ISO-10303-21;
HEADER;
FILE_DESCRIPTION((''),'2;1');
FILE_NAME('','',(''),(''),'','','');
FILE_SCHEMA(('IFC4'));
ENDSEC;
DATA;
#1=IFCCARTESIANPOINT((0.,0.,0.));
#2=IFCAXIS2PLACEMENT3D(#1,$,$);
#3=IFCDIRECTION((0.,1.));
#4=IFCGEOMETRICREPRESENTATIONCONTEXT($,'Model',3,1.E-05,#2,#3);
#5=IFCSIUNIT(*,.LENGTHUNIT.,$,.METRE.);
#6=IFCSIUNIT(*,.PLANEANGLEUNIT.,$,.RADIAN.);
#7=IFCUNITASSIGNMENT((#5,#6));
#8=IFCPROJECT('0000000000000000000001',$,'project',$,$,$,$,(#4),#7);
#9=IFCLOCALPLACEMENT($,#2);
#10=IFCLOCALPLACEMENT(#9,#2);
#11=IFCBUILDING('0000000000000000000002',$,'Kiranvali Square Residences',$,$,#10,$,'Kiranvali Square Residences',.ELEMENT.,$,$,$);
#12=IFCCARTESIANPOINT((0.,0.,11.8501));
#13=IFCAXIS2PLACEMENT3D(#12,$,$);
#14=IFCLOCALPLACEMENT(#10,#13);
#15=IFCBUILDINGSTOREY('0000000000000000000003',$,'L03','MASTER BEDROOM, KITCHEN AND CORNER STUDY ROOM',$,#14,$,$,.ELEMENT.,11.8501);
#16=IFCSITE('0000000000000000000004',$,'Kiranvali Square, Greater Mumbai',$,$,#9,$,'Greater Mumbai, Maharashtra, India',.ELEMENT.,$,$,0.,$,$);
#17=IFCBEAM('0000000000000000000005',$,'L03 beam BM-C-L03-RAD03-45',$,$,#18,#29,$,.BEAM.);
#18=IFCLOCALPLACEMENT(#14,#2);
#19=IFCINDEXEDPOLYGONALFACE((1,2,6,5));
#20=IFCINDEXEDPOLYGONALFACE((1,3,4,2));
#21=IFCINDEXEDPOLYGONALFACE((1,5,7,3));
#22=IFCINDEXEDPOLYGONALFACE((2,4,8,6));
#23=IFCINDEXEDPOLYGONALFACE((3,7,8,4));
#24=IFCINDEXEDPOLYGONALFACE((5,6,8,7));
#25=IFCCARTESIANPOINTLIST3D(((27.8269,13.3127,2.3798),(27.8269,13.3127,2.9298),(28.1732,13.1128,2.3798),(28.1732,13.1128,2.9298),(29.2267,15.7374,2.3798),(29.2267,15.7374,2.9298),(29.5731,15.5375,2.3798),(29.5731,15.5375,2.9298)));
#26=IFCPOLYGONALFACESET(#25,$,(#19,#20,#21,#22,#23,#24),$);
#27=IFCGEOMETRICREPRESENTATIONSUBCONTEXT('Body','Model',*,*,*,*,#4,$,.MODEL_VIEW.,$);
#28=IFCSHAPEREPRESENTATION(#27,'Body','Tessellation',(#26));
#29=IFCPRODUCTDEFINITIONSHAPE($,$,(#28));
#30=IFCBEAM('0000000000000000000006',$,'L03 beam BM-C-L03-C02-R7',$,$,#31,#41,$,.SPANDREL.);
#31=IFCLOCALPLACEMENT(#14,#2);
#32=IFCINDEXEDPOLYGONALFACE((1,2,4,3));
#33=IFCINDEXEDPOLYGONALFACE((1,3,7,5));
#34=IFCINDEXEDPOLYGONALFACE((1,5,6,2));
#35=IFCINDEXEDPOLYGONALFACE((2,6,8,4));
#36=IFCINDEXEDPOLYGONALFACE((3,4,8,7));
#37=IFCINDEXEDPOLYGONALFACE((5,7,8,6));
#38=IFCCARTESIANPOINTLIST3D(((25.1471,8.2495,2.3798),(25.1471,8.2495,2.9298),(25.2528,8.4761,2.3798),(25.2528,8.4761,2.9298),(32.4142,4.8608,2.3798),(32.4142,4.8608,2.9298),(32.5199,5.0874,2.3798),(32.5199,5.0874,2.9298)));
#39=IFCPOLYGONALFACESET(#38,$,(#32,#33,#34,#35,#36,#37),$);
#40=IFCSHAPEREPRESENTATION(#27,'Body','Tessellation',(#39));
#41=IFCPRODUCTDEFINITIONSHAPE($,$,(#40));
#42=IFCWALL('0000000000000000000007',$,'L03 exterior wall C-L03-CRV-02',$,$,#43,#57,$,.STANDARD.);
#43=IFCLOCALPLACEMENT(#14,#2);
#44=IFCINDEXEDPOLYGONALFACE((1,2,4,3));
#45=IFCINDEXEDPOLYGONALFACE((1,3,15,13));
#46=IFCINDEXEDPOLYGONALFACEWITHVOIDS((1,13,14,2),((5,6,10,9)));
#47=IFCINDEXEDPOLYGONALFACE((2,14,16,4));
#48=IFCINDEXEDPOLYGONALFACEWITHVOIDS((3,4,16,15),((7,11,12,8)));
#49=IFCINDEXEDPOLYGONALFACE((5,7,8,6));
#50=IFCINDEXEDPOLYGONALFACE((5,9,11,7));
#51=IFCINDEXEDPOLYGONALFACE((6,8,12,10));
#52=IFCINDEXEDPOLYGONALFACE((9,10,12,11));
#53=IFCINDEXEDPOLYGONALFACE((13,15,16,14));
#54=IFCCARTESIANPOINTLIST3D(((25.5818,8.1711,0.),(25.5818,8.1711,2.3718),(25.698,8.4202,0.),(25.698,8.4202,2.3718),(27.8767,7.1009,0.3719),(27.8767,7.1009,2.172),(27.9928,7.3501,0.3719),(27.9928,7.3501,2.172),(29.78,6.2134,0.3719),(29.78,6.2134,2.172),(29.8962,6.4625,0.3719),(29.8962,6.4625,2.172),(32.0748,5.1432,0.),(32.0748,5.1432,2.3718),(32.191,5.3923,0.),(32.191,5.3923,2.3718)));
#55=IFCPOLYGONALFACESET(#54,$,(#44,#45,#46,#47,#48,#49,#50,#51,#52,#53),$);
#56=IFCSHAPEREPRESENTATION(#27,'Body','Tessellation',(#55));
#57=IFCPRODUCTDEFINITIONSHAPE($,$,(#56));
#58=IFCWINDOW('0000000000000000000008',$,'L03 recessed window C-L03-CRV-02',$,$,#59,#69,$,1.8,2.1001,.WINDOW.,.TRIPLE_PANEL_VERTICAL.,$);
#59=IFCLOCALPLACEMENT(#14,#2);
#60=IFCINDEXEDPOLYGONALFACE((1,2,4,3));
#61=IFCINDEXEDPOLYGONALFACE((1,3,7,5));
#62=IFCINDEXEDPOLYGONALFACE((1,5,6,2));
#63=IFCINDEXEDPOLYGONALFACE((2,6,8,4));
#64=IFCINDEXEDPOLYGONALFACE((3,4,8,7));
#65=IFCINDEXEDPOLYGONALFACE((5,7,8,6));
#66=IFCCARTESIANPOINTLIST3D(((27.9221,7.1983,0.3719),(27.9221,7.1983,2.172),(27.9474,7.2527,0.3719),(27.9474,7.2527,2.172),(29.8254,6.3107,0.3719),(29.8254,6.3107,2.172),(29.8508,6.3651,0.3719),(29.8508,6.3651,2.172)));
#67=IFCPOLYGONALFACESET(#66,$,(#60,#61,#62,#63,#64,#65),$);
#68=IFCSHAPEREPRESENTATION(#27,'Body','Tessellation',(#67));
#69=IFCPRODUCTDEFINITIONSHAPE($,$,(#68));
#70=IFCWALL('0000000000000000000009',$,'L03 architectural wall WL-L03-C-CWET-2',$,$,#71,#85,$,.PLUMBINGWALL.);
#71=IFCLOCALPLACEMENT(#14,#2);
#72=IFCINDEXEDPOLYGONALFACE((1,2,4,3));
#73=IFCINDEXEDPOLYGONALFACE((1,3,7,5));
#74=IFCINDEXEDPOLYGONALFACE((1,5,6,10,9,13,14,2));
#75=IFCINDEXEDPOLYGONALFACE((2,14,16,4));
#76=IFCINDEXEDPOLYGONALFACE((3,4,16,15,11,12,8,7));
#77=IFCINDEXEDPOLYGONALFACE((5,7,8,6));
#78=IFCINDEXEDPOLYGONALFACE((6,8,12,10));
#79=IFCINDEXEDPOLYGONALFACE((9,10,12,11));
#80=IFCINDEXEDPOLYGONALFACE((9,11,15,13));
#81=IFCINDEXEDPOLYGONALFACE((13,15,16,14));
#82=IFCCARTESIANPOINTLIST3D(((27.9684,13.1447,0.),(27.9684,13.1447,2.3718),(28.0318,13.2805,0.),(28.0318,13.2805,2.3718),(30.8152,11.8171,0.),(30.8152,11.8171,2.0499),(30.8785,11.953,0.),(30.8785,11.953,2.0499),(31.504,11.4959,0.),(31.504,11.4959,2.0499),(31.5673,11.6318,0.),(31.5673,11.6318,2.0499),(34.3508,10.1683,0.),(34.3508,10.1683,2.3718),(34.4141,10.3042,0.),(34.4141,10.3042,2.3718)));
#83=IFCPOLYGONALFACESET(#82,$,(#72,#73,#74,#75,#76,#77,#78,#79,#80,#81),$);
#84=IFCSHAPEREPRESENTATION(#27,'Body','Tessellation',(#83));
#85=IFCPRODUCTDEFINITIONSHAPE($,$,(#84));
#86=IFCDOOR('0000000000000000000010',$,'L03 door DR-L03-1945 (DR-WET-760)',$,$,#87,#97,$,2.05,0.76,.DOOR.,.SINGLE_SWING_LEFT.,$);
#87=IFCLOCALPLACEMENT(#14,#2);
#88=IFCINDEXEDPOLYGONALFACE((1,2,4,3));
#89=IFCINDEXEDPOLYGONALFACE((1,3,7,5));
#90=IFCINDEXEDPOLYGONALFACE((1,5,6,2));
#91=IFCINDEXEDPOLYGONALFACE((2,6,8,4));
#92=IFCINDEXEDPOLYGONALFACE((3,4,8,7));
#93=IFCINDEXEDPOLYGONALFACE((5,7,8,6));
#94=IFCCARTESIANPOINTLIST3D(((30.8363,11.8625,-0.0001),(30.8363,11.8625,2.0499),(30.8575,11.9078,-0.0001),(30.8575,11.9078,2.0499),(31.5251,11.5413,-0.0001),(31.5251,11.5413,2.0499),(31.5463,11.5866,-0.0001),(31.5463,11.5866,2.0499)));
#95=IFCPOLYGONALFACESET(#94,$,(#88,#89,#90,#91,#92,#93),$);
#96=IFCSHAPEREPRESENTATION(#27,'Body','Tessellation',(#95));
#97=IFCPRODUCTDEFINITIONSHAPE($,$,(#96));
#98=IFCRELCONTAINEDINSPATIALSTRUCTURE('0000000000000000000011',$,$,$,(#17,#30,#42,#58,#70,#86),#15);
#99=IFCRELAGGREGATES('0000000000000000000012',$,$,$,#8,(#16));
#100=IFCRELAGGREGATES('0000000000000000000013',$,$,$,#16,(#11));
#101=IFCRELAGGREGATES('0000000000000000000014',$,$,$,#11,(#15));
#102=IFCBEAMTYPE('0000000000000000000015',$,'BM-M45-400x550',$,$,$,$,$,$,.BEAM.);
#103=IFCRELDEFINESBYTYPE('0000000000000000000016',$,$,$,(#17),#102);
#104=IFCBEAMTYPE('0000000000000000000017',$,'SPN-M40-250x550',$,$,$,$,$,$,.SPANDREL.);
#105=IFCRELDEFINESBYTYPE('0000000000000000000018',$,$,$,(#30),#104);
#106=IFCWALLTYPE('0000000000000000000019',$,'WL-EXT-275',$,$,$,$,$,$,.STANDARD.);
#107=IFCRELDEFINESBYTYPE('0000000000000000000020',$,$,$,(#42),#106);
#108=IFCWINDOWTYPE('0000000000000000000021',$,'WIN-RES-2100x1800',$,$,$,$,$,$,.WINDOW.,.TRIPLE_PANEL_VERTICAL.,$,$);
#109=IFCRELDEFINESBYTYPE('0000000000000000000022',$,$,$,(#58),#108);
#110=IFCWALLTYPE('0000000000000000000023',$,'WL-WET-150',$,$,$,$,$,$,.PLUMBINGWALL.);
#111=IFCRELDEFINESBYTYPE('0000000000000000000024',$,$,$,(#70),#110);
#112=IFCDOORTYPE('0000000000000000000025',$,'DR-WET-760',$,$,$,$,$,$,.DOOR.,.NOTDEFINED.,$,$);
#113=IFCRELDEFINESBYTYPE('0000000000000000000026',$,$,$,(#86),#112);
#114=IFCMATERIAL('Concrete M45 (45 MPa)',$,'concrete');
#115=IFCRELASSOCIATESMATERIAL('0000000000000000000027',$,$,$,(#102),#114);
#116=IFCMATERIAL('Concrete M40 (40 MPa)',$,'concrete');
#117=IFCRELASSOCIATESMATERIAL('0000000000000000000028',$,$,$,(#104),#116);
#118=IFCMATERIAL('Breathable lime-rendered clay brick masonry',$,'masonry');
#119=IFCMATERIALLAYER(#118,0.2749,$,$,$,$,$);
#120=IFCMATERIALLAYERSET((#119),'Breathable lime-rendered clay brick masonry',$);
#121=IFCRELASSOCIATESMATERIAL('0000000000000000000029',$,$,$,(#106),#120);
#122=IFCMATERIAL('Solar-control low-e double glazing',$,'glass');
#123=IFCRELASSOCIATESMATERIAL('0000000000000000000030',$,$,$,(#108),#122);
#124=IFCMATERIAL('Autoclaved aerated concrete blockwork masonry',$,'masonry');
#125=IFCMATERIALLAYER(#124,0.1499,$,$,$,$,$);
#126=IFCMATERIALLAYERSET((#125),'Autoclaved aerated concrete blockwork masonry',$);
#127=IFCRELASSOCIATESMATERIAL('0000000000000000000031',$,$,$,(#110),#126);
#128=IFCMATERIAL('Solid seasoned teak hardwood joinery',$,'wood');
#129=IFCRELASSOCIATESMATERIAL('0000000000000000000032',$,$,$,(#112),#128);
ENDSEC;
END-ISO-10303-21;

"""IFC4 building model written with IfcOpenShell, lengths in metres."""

from ifc_helpers import new_model, si_unit, direction, frame, frame_2d, origin, origin_2d, place, context, subcontext, project, spatial, rectangle, extrude, material, layer, layer_set, material_profile, profile_set, type_object, element, fill, save


model = new_model("IFC4")

# Units and contexts
model_context = context("Model", 3, precision=1e-05, world=origin(), true_north=direction((0.0, 1.0)))
body_context = subcontext(model_context, "Body", "Model", "MODEL_VIEW")
ifc_project = project(units=[si_unit("LENGTHUNIT", "METRE"), si_unit("PLANEANGLEUNIT", "RADIAN")], contexts=[model_context])

# Site, building, storey
site_placement = place(None, origin())
site = spatial("IfcSite", under=ifc_project, at=site_placement, Name="Kiranvali Square, Greater Mumbai", LongName="Greater Mumbai, Maharashtra, India", CompositionType="ELEMENT", RefElevation=0.0)
building_placement = place(site_placement, origin())
building = spatial("IfcBuilding", under=site, at=building_placement, Name="Kiranvali Square Residences", LongName="Kiranvali Square Residences", CompositionType="ELEMENT")
storey_placement = place(building_placement, frame((0.0, 0.0, 11.8501)))
storey = spatial("IfcBuildingStorey", under=building, at=storey_placement, Name="L03", Description="MASTER BEDROOM, KITCHEN AND CORNER STUDY ROOM", CompositionType="ELEMENT", Elevation=11.8501)

# Beams
ifc_material_1 = material(Name="Concrete M45 (45 MPa)", Category="concrete")
ifc_material_profile_1 = material_profile(ifc_material_1, rectangle(XDim=0.3999, YDim=0.55, at=origin_2d()), Name="RC 400x550")
ifc_profile_set_1 = profile_set([ifc_material_profile_1], Name="Concrete M45 (45 MPa)")
beam_type_1 = type_object("IfcBeamType", Name="BM-M45-400x550", PredefinedType="BEAM", material=ifc_profile_set_1)
beam_1_placement = place(storey_placement, frame((29.3999, 15.6375, 2.6548), z_axis=(-0.499984, -0.866035, 0.0), x_axis=(0.866035, -0.499984, 0.0)))
element("IfcBeam", 1, at=beam_1_placement, inside=storey, type_object=beam_type_1, Name="L03 beam BM-C-L03-RAD03-45", PredefinedType="BEAM", context=body_context, shape_type="SweptSolid", body=[
    extrude(rectangle(XDim=0.3999, YDim=0.55, at=origin_2d()), origin(), (0.0, 0.0, 1.0), 2.7998),
])
ifc_material_2 = material(Name="Concrete M40 (40 MPa)", Category="concrete")
ifc_material_profile_2 = material_profile(ifc_material_2, rectangle(XDim=0.25, YDim=0.55, at=origin_2d()), Name="RC 250x550")
ifc_profile_set_2 = profile_set([ifc_material_profile_2], Name="Concrete M40 (40 MPa)")
beam_type_2 = type_object("IfcBeamType", Name="SPN-M40-250x550", PredefinedType="SPANDREL", material=ifc_profile_set_2)
beam_2_placement = place(storey_placement, frame((32.467, 4.9741, 2.6548), z_axis=(-0.906309, 0.422615, 0.0), x_axis=(-0.422615, -0.906309, 0.0)))
element("IfcBeam", 2, at=beam_2_placement, inside=storey, type_object=beam_type_2, Name="L03 beam BM-C-L03-C02-R7", PredefinedType="SPANDREL", context=body_context, shape_type="SweptSolid", body=[
    extrude(rectangle(XDim=0.25, YDim=0.55, at=origin_2d()), origin(), (0.0, 0.0, 1.0), 8.0183),
])

# Wall, opening, window
ifc_material_3 = material(Name="Breathable lime-rendered clay brick masonry", Category="masonry")
ifc_layer_1 = layer(ifc_material_3, 0.2749)
ifc_layer_set_1 = layer_set([ifc_layer_1], Name="Breathable lime-rendered clay brick masonry")
wall_type_1 = type_object("IfcWallType", Name="WL-EXT-275", PredefinedType="STANDARD", material=ifc_layer_set_1)
wall_1_placement = place(storey_placement, frame((32.1328, 5.2678, 0.0), z_axis=(0.0, 0.0, 1.0), x_axis=(-0.906301, 0.422634, 0.0)))
wall_1 = element("IfcWall", 3, at=wall_1_placement, inside=storey, type_object=wall_type_1, Name="L03 exterior wall C-L03-CRV-02", PredefinedType="STANDARD", context=body_context, shape_type="SweptSolid", body=[
    extrude(rectangle(XDim=7.1643, YDim=0.2749, at=frame_2d((3.582, 0.0))), origin(), (0.0, 0.0, 1.0), 2.3718),
])
opening_1_placement = place(wall_1_placement, frame((2.532, 0.0, 0.3721)))
opening_1 = element("IfcOpeningElement", 4, at=opening_1_placement, cuts=wall_1, PredefinedType="OPENING", context=body_context, shape_type="SweptSolid", body=[
    extrude(rectangle(XDim=2.1001, YDim=1.8, at=frame_2d((1.05, 0.8999))), frame((0.0, 0.1475, 0.0), z_axis=(0.0, -1.0, 0.0), x_axis=(1.0, 0.0, 0.0)), (0.0, 0.0, 1.0), 0.2949),
])
ifc_material_4 = material(Name="Solar-control low-e double glazing", Category="glass")
window_type = type_object("IfcWindowType", Name="WIN-RES-2100x1800", PartitioningType="TRIPLE_PANEL_VERTICAL", PredefinedType="WINDOW", material=ifc_material_4)
window_placement = place(opening_1_placement, origin())
window = element("IfcWindow", 5, at=window_placement, inside=storey, type_object=window_type, Name="L03 recessed window C-L03-CRV-02", OverallHeight=1.8, OverallWidth=2.1001, PartitioningType="TRIPLE_PANEL_VERTICAL", PredefinedType="WINDOW", context=body_context, shape_type="SweptSolid", body=[
    extrude(rectangle(XDim=2.1001, YDim=1.8, at=frame_2d((1.05, 0.8999))), frame((0.0, 0.03, 0.0), z_axis=(0.0, -1.0, 0.0), x_axis=(1.0, 0.0, 0.0)), (0.0, 0.0, 1.0), 0.0601),
])
fill(opening_1, window)

# Wall, opening, door
ifc_material_5 = material(Name="Autoclaved aerated concrete blockwork masonry", Category="masonry")
ifc_layer_2 = layer(ifc_material_5, 0.1499)
ifc_layer_set_2 = layer_set([ifc_layer_2], Name="Autoclaved aerated concrete blockwork masonry")
wall_type_2 = type_object("IfcWallType", Name="WL-WET-150", PredefinedType="PLUMBINGWALL", material=ifc_layer_set_2)
wall_2_placement = place(storey_placement, frame((34.3823, 10.2363, 0.0), z_axis=(0.0, 0.0, 1.0), x_axis=(-0.906297, 0.422641, 0.0)))
wall_2 = element("IfcWall", 6, at=wall_2_placement, inside=storey, type_object=wall_type_2, Name="L03 architectural wall WL-L03-C-CWET-2", PredefinedType="PLUMBINGWALL", context=body_context, shape_type="SweptSolid", body=[
    extrude(rectangle(XDim=7.0422, YDim=0.1499, at=frame_2d((3.521, 0.0))), origin(), (0.0, 0.0, 1.0), 2.3718),
])
opening_2_placement = place(wall_2_placement, frame((3.1411, 0.0, 0.0)))
opening_2 = element("IfcOpeningElement", 7, at=opening_2_placement, cuts=wall_2, PredefinedType="OPENING", context=body_context, shape_type="SweptSolid", body=[
    extrude(rectangle(XDim=0.76, YDim=2.05, at=frame_2d((0.3799, 1.0249))), frame((0.0, 0.085, 0.0), z_axis=(0.0, -1.0, 0.0), x_axis=(1.0, 0.0, 0.0)), (0.0, 0.0, 1.0), 0.1699),
])
ifc_material_6 = material(Name="Solid seasoned teak hardwood joinery", Category="wood")
door_type = type_object("IfcDoorType", Name="DR-WET-760", OperationType="NOTDEFINED", PredefinedType="DOOR", material=ifc_material_6)
door_placement = place(opening_2_placement, origin())
door = element("IfcDoor", 8, at=door_placement, inside=storey, type_object=door_type, Name="L03 door DR-L03-1945 (DR-WET-760)", OperationType="SINGLE_SWING_LEFT", OverallHeight=2.05, OverallWidth=0.76, PredefinedType="DOOR", context=body_context, shape_type="SweptSolid", body=[
    extrude(rectangle(XDim=0.76, YDim=2.05, at=frame_2d((0.3799, 1.0249))), frame((0.0, 0.0249, 0.0), z_axis=(0.0, -1.0, 0.0), x_axis=(1.0, 0.0, 0.0)), (0.0, 0.0, 1.0), 0.05),
])
fill(opening_2, door)

save(model, "model.ifc")
